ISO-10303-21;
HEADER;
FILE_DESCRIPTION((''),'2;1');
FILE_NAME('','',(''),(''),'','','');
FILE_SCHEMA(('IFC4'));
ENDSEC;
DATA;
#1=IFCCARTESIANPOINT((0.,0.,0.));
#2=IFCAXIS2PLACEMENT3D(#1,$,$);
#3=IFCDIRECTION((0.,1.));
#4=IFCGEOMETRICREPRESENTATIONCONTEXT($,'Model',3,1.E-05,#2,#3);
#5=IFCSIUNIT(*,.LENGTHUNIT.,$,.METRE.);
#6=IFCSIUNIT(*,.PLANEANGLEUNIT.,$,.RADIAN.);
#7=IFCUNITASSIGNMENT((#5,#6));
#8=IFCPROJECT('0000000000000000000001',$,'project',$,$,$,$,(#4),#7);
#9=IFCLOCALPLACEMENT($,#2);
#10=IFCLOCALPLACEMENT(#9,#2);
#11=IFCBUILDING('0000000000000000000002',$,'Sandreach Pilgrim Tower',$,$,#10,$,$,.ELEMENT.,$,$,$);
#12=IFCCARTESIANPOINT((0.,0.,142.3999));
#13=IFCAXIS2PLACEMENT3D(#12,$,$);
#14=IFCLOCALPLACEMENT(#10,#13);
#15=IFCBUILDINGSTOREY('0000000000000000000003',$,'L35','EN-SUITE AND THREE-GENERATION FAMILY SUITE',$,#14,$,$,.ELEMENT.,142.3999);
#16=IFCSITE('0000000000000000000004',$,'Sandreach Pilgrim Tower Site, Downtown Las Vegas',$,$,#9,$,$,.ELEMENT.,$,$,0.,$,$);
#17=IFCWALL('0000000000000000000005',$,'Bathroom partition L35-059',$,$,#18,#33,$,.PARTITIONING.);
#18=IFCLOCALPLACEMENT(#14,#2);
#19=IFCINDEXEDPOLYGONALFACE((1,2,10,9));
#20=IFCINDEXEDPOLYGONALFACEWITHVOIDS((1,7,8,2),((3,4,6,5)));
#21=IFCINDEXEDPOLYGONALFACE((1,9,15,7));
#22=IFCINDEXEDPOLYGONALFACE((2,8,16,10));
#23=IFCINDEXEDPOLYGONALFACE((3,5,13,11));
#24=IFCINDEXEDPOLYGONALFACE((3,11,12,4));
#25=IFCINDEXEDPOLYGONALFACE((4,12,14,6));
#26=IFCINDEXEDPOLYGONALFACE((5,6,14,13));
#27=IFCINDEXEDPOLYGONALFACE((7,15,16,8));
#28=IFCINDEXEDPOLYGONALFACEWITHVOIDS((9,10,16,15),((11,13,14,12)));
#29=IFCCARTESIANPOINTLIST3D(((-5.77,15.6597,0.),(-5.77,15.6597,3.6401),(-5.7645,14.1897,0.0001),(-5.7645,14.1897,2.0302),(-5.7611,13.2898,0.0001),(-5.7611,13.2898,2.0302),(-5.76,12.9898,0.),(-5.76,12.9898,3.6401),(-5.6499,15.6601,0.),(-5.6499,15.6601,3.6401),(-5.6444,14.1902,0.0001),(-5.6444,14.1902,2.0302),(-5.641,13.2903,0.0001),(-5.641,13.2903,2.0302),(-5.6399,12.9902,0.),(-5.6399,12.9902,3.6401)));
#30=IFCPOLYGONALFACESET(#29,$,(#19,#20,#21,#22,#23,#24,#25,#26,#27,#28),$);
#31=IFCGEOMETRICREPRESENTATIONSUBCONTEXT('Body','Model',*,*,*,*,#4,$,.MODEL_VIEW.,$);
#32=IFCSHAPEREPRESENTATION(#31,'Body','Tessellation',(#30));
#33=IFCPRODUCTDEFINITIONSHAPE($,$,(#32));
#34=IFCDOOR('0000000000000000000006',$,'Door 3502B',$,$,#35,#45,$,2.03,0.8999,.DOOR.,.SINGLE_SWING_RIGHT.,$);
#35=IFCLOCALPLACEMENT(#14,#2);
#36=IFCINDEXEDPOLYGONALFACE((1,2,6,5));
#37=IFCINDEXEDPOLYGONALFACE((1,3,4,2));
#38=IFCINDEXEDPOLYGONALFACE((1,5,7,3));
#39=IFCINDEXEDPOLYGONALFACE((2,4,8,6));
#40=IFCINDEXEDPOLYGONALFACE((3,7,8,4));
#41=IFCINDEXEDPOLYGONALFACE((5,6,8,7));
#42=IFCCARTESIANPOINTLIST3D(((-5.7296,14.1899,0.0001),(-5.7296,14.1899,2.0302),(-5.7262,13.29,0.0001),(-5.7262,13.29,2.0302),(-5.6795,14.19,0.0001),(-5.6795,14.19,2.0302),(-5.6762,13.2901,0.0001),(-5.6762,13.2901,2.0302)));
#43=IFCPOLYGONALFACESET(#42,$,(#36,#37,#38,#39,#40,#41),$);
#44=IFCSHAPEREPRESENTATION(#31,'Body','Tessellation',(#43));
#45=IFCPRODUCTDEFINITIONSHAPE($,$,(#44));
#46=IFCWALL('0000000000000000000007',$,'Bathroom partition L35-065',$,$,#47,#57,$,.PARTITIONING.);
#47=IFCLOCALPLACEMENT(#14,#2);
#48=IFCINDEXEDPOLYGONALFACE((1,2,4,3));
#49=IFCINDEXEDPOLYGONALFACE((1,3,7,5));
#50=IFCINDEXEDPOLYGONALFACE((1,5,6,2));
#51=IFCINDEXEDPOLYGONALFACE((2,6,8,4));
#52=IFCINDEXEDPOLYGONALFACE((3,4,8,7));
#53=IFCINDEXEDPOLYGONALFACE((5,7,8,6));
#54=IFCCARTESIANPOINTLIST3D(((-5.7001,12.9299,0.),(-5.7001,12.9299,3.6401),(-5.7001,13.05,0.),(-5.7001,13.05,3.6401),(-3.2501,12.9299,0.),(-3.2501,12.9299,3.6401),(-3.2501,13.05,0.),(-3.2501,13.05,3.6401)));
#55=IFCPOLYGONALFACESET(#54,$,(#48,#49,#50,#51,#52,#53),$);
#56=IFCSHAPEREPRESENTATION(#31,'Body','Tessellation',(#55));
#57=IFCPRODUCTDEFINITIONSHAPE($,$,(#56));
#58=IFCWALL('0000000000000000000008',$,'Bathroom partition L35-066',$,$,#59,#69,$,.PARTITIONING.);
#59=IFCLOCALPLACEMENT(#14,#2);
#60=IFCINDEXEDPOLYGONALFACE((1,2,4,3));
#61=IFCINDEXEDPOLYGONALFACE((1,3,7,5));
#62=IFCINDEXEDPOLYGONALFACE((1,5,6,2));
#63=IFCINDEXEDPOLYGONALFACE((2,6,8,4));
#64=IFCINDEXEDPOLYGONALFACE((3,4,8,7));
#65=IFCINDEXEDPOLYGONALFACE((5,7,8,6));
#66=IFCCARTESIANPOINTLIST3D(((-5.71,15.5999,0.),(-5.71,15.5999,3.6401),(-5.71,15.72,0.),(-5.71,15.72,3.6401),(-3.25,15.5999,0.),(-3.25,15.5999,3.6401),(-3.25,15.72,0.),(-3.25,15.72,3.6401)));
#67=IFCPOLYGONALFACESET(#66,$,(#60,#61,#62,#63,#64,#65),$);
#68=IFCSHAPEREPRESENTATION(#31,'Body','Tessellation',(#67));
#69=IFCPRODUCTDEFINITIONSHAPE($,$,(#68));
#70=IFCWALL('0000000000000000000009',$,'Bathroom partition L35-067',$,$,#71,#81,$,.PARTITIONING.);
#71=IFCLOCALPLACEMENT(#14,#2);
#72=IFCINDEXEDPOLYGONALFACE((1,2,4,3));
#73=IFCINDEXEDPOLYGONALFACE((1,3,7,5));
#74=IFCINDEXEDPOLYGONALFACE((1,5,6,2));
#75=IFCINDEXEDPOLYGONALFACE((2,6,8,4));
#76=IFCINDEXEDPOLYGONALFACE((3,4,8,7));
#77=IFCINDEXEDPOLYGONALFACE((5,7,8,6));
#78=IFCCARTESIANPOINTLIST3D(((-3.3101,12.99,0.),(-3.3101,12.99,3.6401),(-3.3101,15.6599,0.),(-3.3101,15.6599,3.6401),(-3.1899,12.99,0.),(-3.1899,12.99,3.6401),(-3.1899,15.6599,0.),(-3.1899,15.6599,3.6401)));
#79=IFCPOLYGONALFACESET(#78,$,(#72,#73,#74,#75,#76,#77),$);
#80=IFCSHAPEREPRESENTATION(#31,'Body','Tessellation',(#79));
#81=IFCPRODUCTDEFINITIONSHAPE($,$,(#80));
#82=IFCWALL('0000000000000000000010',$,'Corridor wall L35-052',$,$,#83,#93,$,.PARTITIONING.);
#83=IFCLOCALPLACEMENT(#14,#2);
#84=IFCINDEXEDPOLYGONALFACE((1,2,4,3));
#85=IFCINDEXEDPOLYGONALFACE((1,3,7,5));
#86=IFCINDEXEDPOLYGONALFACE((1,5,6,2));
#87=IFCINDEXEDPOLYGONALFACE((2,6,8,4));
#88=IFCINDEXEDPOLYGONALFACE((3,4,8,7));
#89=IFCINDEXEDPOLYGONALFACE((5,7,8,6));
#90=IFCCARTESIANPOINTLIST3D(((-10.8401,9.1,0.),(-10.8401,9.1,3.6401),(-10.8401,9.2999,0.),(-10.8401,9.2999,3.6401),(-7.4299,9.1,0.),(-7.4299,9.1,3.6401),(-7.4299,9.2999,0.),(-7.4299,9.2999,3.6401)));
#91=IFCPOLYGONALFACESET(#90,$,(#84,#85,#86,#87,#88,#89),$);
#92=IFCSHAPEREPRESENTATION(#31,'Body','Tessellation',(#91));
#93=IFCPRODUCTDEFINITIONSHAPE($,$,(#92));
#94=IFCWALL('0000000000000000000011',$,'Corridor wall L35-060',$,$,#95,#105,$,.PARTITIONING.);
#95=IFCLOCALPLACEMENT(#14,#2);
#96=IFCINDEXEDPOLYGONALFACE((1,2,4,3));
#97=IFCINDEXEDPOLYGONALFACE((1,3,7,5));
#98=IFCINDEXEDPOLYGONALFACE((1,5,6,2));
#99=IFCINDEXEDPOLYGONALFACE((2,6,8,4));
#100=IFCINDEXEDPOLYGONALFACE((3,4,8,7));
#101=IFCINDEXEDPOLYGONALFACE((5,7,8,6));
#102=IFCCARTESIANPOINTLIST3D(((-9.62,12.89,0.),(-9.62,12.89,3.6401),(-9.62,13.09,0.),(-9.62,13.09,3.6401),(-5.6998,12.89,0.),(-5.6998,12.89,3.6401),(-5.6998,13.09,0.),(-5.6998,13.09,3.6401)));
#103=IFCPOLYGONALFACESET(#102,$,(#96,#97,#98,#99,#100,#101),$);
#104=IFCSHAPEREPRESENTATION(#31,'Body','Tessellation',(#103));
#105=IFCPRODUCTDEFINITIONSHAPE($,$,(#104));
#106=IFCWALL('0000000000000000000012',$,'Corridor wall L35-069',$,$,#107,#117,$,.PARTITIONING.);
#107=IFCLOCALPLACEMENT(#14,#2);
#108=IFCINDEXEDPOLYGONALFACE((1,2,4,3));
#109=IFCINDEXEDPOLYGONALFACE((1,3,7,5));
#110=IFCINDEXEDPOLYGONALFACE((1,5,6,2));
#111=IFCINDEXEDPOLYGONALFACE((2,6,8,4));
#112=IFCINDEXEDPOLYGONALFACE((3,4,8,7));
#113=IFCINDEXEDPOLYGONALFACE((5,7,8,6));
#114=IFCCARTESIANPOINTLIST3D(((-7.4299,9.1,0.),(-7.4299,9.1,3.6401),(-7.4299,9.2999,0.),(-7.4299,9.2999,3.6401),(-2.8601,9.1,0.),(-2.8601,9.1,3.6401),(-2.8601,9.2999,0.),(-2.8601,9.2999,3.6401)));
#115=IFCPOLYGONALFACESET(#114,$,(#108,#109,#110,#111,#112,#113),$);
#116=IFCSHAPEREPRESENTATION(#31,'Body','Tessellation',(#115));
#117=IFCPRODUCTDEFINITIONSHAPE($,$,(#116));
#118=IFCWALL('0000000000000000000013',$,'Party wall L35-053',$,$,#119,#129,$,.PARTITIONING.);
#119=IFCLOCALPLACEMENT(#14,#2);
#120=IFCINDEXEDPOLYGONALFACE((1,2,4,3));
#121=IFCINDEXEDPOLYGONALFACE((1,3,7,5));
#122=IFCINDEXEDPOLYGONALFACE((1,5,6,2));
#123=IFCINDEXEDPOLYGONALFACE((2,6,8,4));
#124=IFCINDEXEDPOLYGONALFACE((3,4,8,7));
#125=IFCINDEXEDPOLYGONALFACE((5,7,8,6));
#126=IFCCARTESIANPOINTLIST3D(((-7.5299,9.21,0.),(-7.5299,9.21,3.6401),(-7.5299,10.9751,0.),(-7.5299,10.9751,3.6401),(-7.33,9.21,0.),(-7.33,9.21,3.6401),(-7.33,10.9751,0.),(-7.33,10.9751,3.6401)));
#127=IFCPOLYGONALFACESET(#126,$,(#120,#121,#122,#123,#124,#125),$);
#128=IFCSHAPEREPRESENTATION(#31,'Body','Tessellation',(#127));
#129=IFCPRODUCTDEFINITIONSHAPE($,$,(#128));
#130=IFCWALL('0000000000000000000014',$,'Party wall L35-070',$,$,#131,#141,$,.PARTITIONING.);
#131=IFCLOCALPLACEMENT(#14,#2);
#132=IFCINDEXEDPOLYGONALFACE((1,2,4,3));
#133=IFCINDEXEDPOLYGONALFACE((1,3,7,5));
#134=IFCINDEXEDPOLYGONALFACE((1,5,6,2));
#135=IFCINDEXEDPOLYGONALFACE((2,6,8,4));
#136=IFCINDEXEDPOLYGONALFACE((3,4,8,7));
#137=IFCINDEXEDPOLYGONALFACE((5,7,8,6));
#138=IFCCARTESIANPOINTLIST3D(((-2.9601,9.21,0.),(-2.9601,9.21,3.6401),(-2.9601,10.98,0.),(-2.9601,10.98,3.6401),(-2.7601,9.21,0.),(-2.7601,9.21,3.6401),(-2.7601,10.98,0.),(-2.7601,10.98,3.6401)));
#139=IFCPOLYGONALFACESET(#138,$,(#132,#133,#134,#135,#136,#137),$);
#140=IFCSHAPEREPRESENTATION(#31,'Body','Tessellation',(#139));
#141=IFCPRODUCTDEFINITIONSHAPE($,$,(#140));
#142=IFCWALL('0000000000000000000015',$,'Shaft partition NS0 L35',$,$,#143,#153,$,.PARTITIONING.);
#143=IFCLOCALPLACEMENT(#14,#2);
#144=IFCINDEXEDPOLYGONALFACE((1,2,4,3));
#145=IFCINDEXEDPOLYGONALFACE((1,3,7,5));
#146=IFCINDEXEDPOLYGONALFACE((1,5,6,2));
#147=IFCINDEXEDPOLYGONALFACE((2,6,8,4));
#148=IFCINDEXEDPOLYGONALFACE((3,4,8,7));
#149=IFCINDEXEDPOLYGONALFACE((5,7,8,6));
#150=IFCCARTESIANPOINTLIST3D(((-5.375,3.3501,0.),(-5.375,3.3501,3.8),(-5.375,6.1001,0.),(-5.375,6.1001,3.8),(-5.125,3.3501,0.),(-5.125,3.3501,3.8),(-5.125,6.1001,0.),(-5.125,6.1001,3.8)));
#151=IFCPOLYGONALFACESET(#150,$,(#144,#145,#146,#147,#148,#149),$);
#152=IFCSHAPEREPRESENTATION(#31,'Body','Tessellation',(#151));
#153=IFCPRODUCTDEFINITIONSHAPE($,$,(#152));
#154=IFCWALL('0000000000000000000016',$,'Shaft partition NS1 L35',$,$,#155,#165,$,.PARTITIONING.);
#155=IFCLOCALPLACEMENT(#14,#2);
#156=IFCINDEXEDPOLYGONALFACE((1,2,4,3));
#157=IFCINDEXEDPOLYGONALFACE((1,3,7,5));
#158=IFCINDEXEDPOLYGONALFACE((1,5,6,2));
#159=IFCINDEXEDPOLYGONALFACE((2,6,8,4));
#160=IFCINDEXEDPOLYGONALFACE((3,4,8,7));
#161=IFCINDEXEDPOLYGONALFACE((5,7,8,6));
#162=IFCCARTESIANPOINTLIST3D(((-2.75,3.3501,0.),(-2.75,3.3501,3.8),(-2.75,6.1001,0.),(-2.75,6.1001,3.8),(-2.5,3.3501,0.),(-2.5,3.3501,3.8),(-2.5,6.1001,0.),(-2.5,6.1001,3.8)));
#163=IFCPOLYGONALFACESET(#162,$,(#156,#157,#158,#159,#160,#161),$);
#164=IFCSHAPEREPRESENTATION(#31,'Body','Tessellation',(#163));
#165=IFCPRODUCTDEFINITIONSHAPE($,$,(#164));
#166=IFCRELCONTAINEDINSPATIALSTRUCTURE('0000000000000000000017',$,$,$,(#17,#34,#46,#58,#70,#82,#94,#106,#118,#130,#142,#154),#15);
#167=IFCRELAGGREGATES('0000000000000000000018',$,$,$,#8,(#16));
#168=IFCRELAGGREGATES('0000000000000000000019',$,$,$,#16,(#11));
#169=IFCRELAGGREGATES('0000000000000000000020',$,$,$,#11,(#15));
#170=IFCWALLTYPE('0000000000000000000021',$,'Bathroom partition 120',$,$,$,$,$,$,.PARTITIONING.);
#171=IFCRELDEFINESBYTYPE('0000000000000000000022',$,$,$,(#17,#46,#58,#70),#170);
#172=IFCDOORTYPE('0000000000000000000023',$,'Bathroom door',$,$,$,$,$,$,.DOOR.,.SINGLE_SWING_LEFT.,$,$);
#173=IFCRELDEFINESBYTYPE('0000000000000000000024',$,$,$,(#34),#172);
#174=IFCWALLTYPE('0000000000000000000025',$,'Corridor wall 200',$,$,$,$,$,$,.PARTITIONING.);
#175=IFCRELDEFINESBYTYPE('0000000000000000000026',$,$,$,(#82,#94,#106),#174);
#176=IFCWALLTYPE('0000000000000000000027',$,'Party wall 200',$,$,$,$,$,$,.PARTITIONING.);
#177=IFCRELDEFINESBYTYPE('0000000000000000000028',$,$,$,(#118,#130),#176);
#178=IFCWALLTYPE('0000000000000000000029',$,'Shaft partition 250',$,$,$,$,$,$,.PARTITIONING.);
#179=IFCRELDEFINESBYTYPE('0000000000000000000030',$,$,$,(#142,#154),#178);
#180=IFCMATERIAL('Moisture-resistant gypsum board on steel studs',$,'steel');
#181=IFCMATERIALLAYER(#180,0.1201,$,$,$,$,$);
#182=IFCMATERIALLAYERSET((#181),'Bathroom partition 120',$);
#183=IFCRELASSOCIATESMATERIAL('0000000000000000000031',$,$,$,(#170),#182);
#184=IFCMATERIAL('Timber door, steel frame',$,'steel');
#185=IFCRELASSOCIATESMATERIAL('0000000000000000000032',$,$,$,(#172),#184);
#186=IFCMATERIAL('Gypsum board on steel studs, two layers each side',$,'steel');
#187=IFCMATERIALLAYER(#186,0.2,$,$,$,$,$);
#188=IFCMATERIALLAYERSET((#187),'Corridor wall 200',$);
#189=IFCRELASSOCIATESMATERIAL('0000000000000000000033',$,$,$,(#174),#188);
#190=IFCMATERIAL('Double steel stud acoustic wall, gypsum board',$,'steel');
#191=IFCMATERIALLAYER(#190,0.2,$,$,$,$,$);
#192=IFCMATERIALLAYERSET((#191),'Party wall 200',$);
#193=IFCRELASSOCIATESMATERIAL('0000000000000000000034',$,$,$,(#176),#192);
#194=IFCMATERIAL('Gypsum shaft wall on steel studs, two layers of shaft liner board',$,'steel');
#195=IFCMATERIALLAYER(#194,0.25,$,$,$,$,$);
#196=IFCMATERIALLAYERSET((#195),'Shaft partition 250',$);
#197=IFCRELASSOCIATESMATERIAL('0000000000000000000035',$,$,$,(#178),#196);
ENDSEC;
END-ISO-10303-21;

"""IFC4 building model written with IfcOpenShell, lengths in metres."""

from ifc_helpers import new_model, si_unit, direction, frame, frame_2d, origin, place, context, subcontext, project, spatial, rectangle, extrude, material, layer, layer_set, type_object, element, fill, save


model = new_model("IFC4")

# Units and contexts
model_context = context("Model", 3, precision=1e-05, world=origin(), true_north=direction((0.0, 1.0)))
body_context = subcontext(model_context, "Body", "Model", "MODEL_VIEW")
ifc_project = project(units=[si_unit("LENGTHUNIT", "METRE"), si_unit("PLANEANGLEUNIT", "RADIAN")], contexts=[model_context])

# Site, building, storey
site_placement = place(None, origin())
site = spatial("IfcSite", under=ifc_project, at=site_placement, Name="Sandreach Pilgrim Tower Site, Downtown Las Vegas", CompositionType="ELEMENT", RefElevation=0.0)
building_placement = place(site_placement, origin())
building = spatial("IfcBuilding", under=site, at=building_placement, Name="Sandreach Pilgrim Tower", CompositionType="ELEMENT")
storey_placement = place(building_placement, frame((0.0, 0.0, 142.3999)))
storey = spatial("IfcBuildingStorey", under=building, at=storey_placement, Name="L35", Description="EN-SUITE AND THREE-GENERATION FAMILY SUITE", CompositionType="ELEMENT", Elevation=142.3999)

# Wall, opening, door
ifc_material_1 = material(Name="Moisture-resistant gypsum board on steel studs", Category="steel")
ifc_layer_1 = layer(ifc_material_1, 0.1201)
ifc_layer_set_1 = layer_set([ifc_layer_1], Name="Bathroom partition 120")
wall_type_1 = type_object("IfcWallType", Name="Bathroom partition 120", PredefinedType="PARTITIONING", material=ifc_layer_set_1)
wall_1_placement = place(storey_placement, frame((-5.71, 15.6599, 0.0), z_axis=(0.0, 0.0, 1.0), x_axis=(0.003749, -0.999993, 0.0)))
wall_1 = element("IfcWall", 1, at=wall_1_placement, inside=storey, type_object=wall_type_1, Name="Bathroom partition L35-059", PredefinedType="PARTITIONING", context=body_context, shape_type="SweptSolid", body=[
    extrude(rectangle(XDim=2.6699, YDim=0.1201, at=frame_2d((1.335, 0.0))), origin(), (0.0, 0.0, 1.0), 3.6401),
])
opening_1_placement = place(wall_1_placement, frame((1.47, 0.0, 0.0)))
opening_1 = element("IfcOpeningElement", 2, at=opening_1_placement, cuts=wall_1, PredefinedType="OPENING", context=body_context, shape_type="SweptSolid", body=[
    extrude(rectangle(XDim=0.8999, YDim=2.03, at=frame_2d((0.45, 1.0151))), frame((0.0, 0.0601, 0.0), z_axis=(0.0, -1.0, 0.0), x_axis=(1.0, 0.0, 0.0)), (0.0, 0.0, 1.0), 0.1201),
])
ifc_material_2 = material(Name="Timber door, steel frame", Category="steel")
door_type_1 = type_object("IfcDoorType", Name="Bathroom door", OperationType="SINGLE_SWING_LEFT", PredefinedType="DOOR", material=ifc_material_2)
door_1_placement = place(opening_1_placement, origin())
door_1 = element("IfcDoor", 3, at=door_1_placement, inside=storey, type_object=door_type_1, Name="Door 3502B", OperationType="SINGLE_SWING_RIGHT", OverallHeight=2.03, OverallWidth=0.8999, PredefinedType="DOOR", context=body_context, shape_type="SweptSolid", body=[
    extrude(rectangle(XDim=0.8999, YDim=2.03, at=frame_2d((0.45, 1.0151))), frame((0.0, 0.0249, 0.0), z_axis=(0.0, -1.0, 0.0), x_axis=(1.0, 0.0, 0.0)), (0.0, 0.0, 1.0), 0.05),
])
fill(opening_1, door_1)

# Walls
wall_2_placement = place(storey_placement, frame((-3.25, 12.99, 0.0), z_axis=(0.0, 0.0, 1.0), x_axis=(-1.0, 0.0, 0.0)))
element("IfcWall", 4, at=wall_2_placement, inside=storey, type_object=wall_type_1, Name="Bathroom partition L35-065", PredefinedType="PARTITIONING", context=body_context, shape_type="SweptSolid", body=[
    extrude(rectangle(XDim=2.45, YDim=0.1201, at=frame_2d((1.2251, 0.0))), origin(), (0.0, 0.0, 1.0), 3.6401),
])
wall_3_placement = place(storey_placement, frame((-3.25, 15.6599, 0.0), z_axis=(0.0, 0.0, 1.0), x_axis=(-1.0, 0.0, 0.0)))
element("IfcWall", 5, at=wall_3_placement, inside=storey, type_object=wall_type_1, Name="Bathroom partition L35-066", PredefinedType="PARTITIONING", context=body_context, shape_type="SweptSolid", body=[
    extrude(rectangle(XDim=2.46, YDim=0.1201, at=frame_2d((1.23, 0.0))), origin(), (0.0, 0.0, 1.0), 3.6401),
])
wall_4_placement = place(storey_placement, frame((-3.25, 15.6599, 0.0), z_axis=(0.0, 0.0, 1.0), x_axis=(0.0, -1.0, 0.0)))
element("IfcWall", 6, at=wall_4_placement, inside=storey, type_object=wall_type_1, Name="Bathroom partition L35-067", PredefinedType="PARTITIONING", context=body_context, shape_type="SweptSolid", body=[
    extrude(rectangle(XDim=2.6699, YDim=0.1201, at=frame_2d((1.335, 0.0))), origin(), (0.0, 0.0, 1.0), 3.6401),
])

# Wall
ifc_material_3 = material(Name="Gypsum board on steel studs, two layers each side", Category="steel")
ifc_layer_2 = layer(ifc_material_3, 0.2)
ifc_layer_set_2 = layer_set([ifc_layer_2], Name="Corridor wall 200")
wall_type_2 = type_object("IfcWallType", Name="Corridor wall 200", PredefinedType="PARTITIONING", material=ifc_layer_set_2)
wall_5_placement = place(storey_placement, frame((-7.4299, 9.2, 0.0), z_axis=(0.0, 0.0, 1.0), x_axis=(-1.0, 0.0, 0.0)))
element("IfcWall", 7, at=wall_5_placement, inside=storey, type_object=wall_type_2, Name="Corridor wall L35-052", PredefinedType="PARTITIONING", context=body_context, shape_type="SweptSolid", body=[
    extrude(rectangle(XDim=3.4102, YDim=0.2, at=frame_2d((1.7051, 0.0))), origin(), (0.0, 0.0, 1.0), 3.6401),
])

# Walls
wall_6_placement = place(storey_placement, frame((-5.7, 12.99, 0.0), z_axis=(0.0, 0.0, 1.0), x_axis=(-1.0, 0.0, 0.0)))
element("IfcWall", 8, at=wall_6_placement, inside=storey, type_object=wall_type_2, Name="Corridor wall L35-060", PredefinedType="PARTITIONING", context=body_context, shape_type="SweptSolid", body=[
    extrude(rectangle(XDim=3.9202, YDim=0.2, at=frame_2d((1.96, 0.0))), origin(), (0.0, 0.0, 1.0), 3.6401),
])
wall_7_placement = place(storey_placement, frame((-2.8601, 9.2, 0.0), z_axis=(0.0, 0.0, 1.0), x_axis=(-1.0, 0.0, 0.0)))
element("IfcWall", 9, at=wall_7_placement, inside=storey, type_object=wall_type_2, Name="Corridor wall L35-069", PredefinedType="PARTITIONING", context=body_context, shape_type="SweptSolid", body=[
    extrude(rectangle(XDim=4.5698, YDim=0.2, at=frame_2d((2.2849, 0.0))), origin(), (0.0, 0.0, 1.0), 3.6401),
])

# Walls
ifc_material_4 = material(Name="Double steel stud acoustic wall, gypsum board", Category="steel")
ifc_layer_3 = layer(ifc_material_4, 0.2)
ifc_layer_set_3 = layer_set([ifc_layer_3], Name="Party wall 200")
wall_type_3 = type_object("IfcWallType", Name="Party wall 200", PredefinedType="PARTITIONING", material=ifc_layer_set_3)
wall_8_placement = place(storey_placement, frame((-7.4299, 10.9751, 0.0), z_axis=(0.0, 0.0, 1.0), x_axis=(0.0, -1.0, 0.0)))
element("IfcWall", 10, at=wall_8_placement, inside=storey, type_object=wall_type_3, Name="Party wall L35-053", PredefinedType="PARTITIONING", context=body_context, shape_type="SweptSolid", body=[
    extrude(rectangle(XDim=1.7651, YDim=0.2, at=frame_2d((0.8826, 0.0))), origin(), (0.0, 0.0, 1.0), 3.6401),
])
wall_9_placement = place(storey_placement, frame((-2.8601, 10.98, 0.0), z_axis=(0.0, 0.0, 1.0), x_axis=(0.0, -1.0, 0.0)))
element("IfcWall", 11, at=wall_9_placement, inside=storey, type_object=wall_type_3, Name="Party wall L35-070", PredefinedType="PARTITIONING", context=body_context, shape_type="SweptSolid", body=[
    extrude(rectangle(XDim=1.77, YDim=0.2, at=frame_2d((0.885, 0.0))), origin(), (0.0, 0.0, 1.0), 3.6401),
])
ifc_material_5 = material(Name="Gypsum shaft wall on steel studs, two layers of shaft liner board", Category="steel")
ifc_layer_4 = layer(ifc_material_5, 0.25)
ifc_layer_set_4 = layer_set([ifc_layer_4], Name="Shaft partition 250")
wall_type_4 = type_object("IfcWallType", Name="Shaft partition 250", PredefinedType="PARTITIONING", material=ifc_layer_set_4)
for number, where, z_axis, x_axis, name in (
    (12, (-5.25, 3.3501, 0.0), (0.0, 0.0, 1.0), (0.0, 1.0, 0.0), "Shaft partition NS0 L35"),
    (13, (-2.625, 3.3501, 0.0), (0.0, 0.0, 1.0), (0.0, 1.0, 0.0), "Shaft partition NS1 L35"),
):
    element("IfcWall", number, at=place(storey_placement, frame(where, z_axis=z_axis, x_axis=x_axis)), inside=storey, type_object=wall_type_4, Name=name, PredefinedType="PARTITIONING", context=body_context, shape_type="SweptSolid", body=[
        extrude(rectangle(XDim=2.75, YDim=0.25, at=frame_2d((1.375, 0.0))), origin(), (0.0, 0.0, 1.0), 3.8),
    ])

save(model, "model.ifc")
